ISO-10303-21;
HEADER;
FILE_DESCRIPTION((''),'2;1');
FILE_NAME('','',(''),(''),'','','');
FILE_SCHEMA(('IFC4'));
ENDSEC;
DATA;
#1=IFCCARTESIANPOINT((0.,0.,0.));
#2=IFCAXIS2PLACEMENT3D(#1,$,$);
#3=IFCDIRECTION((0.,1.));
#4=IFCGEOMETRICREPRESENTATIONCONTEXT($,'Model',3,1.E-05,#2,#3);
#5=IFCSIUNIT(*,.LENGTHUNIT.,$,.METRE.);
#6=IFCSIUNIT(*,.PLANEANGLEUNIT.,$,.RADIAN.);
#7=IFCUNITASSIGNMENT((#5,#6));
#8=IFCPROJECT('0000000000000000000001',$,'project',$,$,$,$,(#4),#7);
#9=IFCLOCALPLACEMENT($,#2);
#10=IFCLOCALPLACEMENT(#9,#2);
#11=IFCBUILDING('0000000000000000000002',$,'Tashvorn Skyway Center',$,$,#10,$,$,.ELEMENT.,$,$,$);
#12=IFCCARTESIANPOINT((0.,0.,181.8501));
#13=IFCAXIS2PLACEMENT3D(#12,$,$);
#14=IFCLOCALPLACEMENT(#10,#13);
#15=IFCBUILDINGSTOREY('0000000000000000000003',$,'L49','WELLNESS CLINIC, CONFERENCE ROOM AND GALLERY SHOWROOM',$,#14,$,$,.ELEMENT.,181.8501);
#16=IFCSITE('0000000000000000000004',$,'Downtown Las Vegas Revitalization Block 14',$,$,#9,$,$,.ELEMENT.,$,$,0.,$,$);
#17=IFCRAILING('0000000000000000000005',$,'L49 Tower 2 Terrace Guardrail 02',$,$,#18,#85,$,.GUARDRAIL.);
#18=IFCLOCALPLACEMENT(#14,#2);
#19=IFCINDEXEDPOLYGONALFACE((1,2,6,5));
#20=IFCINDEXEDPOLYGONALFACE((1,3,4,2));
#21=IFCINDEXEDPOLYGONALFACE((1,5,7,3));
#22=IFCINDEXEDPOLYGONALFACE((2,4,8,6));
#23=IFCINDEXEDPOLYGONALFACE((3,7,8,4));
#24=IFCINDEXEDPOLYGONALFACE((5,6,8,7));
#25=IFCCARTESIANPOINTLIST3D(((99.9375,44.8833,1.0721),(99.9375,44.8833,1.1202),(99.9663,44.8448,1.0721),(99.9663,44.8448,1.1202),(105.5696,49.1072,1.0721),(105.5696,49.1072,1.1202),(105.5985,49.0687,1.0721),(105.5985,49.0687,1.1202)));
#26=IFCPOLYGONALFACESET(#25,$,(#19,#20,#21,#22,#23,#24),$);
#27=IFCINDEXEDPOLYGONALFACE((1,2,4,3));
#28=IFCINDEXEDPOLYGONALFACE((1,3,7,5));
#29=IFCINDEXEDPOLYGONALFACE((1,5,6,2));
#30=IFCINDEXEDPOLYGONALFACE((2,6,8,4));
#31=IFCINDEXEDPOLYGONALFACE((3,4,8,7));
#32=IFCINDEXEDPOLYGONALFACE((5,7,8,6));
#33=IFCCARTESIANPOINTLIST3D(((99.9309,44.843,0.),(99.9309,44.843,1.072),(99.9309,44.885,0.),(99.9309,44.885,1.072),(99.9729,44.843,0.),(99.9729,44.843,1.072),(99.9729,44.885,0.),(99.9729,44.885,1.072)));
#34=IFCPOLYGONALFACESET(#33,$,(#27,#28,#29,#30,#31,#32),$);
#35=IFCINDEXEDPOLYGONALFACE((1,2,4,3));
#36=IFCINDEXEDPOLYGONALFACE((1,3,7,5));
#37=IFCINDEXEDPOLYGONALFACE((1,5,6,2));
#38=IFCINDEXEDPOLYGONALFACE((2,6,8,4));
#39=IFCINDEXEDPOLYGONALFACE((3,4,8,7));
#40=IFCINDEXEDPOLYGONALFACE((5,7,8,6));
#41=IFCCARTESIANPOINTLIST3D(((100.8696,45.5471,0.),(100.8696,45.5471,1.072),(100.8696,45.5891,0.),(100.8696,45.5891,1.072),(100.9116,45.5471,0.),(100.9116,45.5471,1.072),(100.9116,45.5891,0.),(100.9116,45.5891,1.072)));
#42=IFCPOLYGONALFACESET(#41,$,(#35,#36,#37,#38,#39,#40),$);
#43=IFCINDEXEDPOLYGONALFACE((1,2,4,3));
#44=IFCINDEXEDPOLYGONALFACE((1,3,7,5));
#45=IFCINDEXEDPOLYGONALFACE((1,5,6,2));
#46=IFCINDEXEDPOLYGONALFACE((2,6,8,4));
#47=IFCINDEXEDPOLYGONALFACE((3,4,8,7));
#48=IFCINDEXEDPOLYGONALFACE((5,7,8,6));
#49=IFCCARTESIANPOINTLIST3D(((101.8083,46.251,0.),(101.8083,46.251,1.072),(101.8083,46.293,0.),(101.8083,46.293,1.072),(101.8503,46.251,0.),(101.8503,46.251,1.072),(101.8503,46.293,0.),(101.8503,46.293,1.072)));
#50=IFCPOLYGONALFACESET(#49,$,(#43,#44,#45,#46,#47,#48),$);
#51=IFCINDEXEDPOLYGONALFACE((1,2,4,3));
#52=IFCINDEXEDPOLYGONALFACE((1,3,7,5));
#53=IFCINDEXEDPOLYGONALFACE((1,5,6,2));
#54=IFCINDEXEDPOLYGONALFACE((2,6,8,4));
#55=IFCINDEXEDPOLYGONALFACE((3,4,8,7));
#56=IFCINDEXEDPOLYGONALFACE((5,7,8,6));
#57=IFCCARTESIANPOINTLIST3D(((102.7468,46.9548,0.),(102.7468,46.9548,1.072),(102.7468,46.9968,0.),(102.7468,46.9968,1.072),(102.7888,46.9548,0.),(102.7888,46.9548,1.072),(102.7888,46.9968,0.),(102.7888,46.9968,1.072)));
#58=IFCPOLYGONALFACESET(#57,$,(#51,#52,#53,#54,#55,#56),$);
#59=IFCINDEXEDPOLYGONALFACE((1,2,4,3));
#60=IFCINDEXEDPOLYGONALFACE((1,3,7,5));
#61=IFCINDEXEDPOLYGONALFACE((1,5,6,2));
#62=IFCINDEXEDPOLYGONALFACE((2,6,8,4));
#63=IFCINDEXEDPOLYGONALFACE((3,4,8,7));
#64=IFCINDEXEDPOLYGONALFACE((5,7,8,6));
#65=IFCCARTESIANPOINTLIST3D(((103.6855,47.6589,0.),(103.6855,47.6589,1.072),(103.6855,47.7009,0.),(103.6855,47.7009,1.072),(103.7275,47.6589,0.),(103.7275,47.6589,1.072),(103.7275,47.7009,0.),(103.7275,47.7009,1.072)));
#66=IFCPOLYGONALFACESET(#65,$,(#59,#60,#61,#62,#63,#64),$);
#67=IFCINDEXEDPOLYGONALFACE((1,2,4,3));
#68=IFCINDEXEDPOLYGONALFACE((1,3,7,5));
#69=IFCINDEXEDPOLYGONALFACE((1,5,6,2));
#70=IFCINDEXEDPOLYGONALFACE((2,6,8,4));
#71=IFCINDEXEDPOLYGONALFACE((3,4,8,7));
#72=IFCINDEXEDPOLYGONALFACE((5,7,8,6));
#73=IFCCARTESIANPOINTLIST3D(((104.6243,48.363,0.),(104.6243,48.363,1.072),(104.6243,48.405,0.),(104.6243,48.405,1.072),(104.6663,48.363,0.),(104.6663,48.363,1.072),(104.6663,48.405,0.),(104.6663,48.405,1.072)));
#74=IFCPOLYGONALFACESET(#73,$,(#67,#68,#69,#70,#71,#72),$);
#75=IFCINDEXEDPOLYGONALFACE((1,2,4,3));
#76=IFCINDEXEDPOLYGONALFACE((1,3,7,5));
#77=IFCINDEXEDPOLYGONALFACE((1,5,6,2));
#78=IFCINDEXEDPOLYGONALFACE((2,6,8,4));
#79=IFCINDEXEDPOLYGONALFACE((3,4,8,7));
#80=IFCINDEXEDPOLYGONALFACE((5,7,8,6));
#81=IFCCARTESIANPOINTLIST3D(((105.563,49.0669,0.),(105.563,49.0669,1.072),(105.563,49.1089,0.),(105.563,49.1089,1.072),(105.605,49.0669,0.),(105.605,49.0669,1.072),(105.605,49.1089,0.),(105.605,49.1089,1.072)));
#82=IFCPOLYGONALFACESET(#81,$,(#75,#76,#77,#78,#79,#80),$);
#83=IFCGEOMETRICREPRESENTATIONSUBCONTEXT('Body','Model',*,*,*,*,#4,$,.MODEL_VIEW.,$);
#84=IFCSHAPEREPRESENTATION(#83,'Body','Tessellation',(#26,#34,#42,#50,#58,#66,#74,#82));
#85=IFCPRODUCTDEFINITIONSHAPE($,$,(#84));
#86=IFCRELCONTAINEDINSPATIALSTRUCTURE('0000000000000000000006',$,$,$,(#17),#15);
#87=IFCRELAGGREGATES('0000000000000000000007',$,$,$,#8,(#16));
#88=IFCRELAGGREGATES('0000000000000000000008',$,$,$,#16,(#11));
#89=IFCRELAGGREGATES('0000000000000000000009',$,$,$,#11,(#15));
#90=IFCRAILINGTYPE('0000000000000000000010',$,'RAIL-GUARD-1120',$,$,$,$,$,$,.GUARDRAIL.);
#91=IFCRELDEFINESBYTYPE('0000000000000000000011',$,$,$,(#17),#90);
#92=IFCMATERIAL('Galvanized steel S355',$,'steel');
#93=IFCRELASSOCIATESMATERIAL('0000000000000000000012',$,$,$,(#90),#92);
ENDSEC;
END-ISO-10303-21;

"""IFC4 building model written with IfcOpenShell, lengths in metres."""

from ifc_helpers import new_model, si_unit, direction, frame, origin, origin_2d, place, context, subcontext, project, spatial, rectangle, extrude, material, type_object, element, save


model = new_model("IFC4")

# Units and contexts
model_context = context("Model", 3, precision=1e-05, world=origin(), true_north=direction((0.0, 1.0)))
body_context = subcontext(model_context, "Body", "Model", "MODEL_VIEW")
ifc_project = project(units=[si_unit("LENGTHUNIT", "METRE"), si_unit("PLANEANGLEUNIT", "RADIAN")], contexts=[model_context])

# Site, building, storey
site_placement = place(None, origin())
site = spatial("IfcSite", under=ifc_project, at=site_placement, Name="Downtown Las Vegas Revitalization Block 14", CompositionType="ELEMENT", RefElevation=0.0)
building_placement = place(site_placement, origin())
building = spatial("IfcBuilding", under=site, at=building_placement, Name="Tashvorn Skyway Center", CompositionType="ELEMENT")
storey_placement = place(building_placement, frame((0.0, 0.0, 181.8501)))
storey = spatial("IfcBuildingStorey", under=building, at=storey_placement, Name="L49", Description="WELLNESS CLINIC, CONFERENCE ROOM AND GALLERY SHOWROOM", CompositionType="ELEMENT", Elevation=181.8501)

# Railing
ifc_material_1 = material(Name="Galvanized steel S355", Category="steel")
railing_type = type_object("IfcRailingType", Name="RAIL-GUARD-1120", PredefinedType="GUARDRAIL", material=ifc_material_1)
railing_1_placement = place(storey_placement, frame((99.9519, 44.864, 0.0)))
element("IfcRailing", 1, at=railing_1_placement, inside=storey, type_object=railing_type, Name="L49 Tower 2 Terrace Guardrail 02", PredefinedType="GUARDRAIL", context=body_context, shape_type="SweptSolid", body=[
    extrude(rectangle(XDim=0.0481, YDim=0.0481, at=origin_2d()), frame((0.0, 0.0, 1.0962), z_axis=(0.800012, 0.599983, 0.0), x_axis=(-0.599983, 0.800012, 0.0)), (0.0, 0.0, 1.0), 7.04),
    extrude(rectangle(XDim=0.042, YDim=0.042, at=origin_2d()), origin(), (0.0, 0.0, 1.0), 1.072),
    extrude(rectangle(XDim=0.042, YDim=0.042, at=origin_2d()), frame((0.9387, 0.7041, 0.0)), (0.0, 0.0, 1.0), 1.072),
    extrude(rectangle(XDim=0.042, YDim=0.042, at=origin_2d()), frame((1.8774, 1.408, 0.0)), (0.0, 0.0, 1.0), 1.072),
    extrude(rectangle(XDim=0.042, YDim=0.042, at=origin_2d()), frame((2.8159, 2.1118, 0.0)), (0.0, 0.0, 1.0), 1.072),
    extrude(rectangle(XDim=0.042, YDim=0.042, at=origin_2d()), frame((3.7546, 2.8159, 0.0)), (0.0, 0.0, 1.0), 1.072),
    extrude(rectangle(XDim=0.042, YDim=0.042, at=origin_2d()), frame((4.6934, 3.52, 0.0)), (0.0, 0.0, 1.0), 1.072),
    extrude(rectangle(XDim=0.042, YDim=0.042, at=origin_2d()), frame((5.6321, 4.2239, 0.0)), (0.0, 0.0, 1.0), 1.072),
])

save(model, "model.ifc")
